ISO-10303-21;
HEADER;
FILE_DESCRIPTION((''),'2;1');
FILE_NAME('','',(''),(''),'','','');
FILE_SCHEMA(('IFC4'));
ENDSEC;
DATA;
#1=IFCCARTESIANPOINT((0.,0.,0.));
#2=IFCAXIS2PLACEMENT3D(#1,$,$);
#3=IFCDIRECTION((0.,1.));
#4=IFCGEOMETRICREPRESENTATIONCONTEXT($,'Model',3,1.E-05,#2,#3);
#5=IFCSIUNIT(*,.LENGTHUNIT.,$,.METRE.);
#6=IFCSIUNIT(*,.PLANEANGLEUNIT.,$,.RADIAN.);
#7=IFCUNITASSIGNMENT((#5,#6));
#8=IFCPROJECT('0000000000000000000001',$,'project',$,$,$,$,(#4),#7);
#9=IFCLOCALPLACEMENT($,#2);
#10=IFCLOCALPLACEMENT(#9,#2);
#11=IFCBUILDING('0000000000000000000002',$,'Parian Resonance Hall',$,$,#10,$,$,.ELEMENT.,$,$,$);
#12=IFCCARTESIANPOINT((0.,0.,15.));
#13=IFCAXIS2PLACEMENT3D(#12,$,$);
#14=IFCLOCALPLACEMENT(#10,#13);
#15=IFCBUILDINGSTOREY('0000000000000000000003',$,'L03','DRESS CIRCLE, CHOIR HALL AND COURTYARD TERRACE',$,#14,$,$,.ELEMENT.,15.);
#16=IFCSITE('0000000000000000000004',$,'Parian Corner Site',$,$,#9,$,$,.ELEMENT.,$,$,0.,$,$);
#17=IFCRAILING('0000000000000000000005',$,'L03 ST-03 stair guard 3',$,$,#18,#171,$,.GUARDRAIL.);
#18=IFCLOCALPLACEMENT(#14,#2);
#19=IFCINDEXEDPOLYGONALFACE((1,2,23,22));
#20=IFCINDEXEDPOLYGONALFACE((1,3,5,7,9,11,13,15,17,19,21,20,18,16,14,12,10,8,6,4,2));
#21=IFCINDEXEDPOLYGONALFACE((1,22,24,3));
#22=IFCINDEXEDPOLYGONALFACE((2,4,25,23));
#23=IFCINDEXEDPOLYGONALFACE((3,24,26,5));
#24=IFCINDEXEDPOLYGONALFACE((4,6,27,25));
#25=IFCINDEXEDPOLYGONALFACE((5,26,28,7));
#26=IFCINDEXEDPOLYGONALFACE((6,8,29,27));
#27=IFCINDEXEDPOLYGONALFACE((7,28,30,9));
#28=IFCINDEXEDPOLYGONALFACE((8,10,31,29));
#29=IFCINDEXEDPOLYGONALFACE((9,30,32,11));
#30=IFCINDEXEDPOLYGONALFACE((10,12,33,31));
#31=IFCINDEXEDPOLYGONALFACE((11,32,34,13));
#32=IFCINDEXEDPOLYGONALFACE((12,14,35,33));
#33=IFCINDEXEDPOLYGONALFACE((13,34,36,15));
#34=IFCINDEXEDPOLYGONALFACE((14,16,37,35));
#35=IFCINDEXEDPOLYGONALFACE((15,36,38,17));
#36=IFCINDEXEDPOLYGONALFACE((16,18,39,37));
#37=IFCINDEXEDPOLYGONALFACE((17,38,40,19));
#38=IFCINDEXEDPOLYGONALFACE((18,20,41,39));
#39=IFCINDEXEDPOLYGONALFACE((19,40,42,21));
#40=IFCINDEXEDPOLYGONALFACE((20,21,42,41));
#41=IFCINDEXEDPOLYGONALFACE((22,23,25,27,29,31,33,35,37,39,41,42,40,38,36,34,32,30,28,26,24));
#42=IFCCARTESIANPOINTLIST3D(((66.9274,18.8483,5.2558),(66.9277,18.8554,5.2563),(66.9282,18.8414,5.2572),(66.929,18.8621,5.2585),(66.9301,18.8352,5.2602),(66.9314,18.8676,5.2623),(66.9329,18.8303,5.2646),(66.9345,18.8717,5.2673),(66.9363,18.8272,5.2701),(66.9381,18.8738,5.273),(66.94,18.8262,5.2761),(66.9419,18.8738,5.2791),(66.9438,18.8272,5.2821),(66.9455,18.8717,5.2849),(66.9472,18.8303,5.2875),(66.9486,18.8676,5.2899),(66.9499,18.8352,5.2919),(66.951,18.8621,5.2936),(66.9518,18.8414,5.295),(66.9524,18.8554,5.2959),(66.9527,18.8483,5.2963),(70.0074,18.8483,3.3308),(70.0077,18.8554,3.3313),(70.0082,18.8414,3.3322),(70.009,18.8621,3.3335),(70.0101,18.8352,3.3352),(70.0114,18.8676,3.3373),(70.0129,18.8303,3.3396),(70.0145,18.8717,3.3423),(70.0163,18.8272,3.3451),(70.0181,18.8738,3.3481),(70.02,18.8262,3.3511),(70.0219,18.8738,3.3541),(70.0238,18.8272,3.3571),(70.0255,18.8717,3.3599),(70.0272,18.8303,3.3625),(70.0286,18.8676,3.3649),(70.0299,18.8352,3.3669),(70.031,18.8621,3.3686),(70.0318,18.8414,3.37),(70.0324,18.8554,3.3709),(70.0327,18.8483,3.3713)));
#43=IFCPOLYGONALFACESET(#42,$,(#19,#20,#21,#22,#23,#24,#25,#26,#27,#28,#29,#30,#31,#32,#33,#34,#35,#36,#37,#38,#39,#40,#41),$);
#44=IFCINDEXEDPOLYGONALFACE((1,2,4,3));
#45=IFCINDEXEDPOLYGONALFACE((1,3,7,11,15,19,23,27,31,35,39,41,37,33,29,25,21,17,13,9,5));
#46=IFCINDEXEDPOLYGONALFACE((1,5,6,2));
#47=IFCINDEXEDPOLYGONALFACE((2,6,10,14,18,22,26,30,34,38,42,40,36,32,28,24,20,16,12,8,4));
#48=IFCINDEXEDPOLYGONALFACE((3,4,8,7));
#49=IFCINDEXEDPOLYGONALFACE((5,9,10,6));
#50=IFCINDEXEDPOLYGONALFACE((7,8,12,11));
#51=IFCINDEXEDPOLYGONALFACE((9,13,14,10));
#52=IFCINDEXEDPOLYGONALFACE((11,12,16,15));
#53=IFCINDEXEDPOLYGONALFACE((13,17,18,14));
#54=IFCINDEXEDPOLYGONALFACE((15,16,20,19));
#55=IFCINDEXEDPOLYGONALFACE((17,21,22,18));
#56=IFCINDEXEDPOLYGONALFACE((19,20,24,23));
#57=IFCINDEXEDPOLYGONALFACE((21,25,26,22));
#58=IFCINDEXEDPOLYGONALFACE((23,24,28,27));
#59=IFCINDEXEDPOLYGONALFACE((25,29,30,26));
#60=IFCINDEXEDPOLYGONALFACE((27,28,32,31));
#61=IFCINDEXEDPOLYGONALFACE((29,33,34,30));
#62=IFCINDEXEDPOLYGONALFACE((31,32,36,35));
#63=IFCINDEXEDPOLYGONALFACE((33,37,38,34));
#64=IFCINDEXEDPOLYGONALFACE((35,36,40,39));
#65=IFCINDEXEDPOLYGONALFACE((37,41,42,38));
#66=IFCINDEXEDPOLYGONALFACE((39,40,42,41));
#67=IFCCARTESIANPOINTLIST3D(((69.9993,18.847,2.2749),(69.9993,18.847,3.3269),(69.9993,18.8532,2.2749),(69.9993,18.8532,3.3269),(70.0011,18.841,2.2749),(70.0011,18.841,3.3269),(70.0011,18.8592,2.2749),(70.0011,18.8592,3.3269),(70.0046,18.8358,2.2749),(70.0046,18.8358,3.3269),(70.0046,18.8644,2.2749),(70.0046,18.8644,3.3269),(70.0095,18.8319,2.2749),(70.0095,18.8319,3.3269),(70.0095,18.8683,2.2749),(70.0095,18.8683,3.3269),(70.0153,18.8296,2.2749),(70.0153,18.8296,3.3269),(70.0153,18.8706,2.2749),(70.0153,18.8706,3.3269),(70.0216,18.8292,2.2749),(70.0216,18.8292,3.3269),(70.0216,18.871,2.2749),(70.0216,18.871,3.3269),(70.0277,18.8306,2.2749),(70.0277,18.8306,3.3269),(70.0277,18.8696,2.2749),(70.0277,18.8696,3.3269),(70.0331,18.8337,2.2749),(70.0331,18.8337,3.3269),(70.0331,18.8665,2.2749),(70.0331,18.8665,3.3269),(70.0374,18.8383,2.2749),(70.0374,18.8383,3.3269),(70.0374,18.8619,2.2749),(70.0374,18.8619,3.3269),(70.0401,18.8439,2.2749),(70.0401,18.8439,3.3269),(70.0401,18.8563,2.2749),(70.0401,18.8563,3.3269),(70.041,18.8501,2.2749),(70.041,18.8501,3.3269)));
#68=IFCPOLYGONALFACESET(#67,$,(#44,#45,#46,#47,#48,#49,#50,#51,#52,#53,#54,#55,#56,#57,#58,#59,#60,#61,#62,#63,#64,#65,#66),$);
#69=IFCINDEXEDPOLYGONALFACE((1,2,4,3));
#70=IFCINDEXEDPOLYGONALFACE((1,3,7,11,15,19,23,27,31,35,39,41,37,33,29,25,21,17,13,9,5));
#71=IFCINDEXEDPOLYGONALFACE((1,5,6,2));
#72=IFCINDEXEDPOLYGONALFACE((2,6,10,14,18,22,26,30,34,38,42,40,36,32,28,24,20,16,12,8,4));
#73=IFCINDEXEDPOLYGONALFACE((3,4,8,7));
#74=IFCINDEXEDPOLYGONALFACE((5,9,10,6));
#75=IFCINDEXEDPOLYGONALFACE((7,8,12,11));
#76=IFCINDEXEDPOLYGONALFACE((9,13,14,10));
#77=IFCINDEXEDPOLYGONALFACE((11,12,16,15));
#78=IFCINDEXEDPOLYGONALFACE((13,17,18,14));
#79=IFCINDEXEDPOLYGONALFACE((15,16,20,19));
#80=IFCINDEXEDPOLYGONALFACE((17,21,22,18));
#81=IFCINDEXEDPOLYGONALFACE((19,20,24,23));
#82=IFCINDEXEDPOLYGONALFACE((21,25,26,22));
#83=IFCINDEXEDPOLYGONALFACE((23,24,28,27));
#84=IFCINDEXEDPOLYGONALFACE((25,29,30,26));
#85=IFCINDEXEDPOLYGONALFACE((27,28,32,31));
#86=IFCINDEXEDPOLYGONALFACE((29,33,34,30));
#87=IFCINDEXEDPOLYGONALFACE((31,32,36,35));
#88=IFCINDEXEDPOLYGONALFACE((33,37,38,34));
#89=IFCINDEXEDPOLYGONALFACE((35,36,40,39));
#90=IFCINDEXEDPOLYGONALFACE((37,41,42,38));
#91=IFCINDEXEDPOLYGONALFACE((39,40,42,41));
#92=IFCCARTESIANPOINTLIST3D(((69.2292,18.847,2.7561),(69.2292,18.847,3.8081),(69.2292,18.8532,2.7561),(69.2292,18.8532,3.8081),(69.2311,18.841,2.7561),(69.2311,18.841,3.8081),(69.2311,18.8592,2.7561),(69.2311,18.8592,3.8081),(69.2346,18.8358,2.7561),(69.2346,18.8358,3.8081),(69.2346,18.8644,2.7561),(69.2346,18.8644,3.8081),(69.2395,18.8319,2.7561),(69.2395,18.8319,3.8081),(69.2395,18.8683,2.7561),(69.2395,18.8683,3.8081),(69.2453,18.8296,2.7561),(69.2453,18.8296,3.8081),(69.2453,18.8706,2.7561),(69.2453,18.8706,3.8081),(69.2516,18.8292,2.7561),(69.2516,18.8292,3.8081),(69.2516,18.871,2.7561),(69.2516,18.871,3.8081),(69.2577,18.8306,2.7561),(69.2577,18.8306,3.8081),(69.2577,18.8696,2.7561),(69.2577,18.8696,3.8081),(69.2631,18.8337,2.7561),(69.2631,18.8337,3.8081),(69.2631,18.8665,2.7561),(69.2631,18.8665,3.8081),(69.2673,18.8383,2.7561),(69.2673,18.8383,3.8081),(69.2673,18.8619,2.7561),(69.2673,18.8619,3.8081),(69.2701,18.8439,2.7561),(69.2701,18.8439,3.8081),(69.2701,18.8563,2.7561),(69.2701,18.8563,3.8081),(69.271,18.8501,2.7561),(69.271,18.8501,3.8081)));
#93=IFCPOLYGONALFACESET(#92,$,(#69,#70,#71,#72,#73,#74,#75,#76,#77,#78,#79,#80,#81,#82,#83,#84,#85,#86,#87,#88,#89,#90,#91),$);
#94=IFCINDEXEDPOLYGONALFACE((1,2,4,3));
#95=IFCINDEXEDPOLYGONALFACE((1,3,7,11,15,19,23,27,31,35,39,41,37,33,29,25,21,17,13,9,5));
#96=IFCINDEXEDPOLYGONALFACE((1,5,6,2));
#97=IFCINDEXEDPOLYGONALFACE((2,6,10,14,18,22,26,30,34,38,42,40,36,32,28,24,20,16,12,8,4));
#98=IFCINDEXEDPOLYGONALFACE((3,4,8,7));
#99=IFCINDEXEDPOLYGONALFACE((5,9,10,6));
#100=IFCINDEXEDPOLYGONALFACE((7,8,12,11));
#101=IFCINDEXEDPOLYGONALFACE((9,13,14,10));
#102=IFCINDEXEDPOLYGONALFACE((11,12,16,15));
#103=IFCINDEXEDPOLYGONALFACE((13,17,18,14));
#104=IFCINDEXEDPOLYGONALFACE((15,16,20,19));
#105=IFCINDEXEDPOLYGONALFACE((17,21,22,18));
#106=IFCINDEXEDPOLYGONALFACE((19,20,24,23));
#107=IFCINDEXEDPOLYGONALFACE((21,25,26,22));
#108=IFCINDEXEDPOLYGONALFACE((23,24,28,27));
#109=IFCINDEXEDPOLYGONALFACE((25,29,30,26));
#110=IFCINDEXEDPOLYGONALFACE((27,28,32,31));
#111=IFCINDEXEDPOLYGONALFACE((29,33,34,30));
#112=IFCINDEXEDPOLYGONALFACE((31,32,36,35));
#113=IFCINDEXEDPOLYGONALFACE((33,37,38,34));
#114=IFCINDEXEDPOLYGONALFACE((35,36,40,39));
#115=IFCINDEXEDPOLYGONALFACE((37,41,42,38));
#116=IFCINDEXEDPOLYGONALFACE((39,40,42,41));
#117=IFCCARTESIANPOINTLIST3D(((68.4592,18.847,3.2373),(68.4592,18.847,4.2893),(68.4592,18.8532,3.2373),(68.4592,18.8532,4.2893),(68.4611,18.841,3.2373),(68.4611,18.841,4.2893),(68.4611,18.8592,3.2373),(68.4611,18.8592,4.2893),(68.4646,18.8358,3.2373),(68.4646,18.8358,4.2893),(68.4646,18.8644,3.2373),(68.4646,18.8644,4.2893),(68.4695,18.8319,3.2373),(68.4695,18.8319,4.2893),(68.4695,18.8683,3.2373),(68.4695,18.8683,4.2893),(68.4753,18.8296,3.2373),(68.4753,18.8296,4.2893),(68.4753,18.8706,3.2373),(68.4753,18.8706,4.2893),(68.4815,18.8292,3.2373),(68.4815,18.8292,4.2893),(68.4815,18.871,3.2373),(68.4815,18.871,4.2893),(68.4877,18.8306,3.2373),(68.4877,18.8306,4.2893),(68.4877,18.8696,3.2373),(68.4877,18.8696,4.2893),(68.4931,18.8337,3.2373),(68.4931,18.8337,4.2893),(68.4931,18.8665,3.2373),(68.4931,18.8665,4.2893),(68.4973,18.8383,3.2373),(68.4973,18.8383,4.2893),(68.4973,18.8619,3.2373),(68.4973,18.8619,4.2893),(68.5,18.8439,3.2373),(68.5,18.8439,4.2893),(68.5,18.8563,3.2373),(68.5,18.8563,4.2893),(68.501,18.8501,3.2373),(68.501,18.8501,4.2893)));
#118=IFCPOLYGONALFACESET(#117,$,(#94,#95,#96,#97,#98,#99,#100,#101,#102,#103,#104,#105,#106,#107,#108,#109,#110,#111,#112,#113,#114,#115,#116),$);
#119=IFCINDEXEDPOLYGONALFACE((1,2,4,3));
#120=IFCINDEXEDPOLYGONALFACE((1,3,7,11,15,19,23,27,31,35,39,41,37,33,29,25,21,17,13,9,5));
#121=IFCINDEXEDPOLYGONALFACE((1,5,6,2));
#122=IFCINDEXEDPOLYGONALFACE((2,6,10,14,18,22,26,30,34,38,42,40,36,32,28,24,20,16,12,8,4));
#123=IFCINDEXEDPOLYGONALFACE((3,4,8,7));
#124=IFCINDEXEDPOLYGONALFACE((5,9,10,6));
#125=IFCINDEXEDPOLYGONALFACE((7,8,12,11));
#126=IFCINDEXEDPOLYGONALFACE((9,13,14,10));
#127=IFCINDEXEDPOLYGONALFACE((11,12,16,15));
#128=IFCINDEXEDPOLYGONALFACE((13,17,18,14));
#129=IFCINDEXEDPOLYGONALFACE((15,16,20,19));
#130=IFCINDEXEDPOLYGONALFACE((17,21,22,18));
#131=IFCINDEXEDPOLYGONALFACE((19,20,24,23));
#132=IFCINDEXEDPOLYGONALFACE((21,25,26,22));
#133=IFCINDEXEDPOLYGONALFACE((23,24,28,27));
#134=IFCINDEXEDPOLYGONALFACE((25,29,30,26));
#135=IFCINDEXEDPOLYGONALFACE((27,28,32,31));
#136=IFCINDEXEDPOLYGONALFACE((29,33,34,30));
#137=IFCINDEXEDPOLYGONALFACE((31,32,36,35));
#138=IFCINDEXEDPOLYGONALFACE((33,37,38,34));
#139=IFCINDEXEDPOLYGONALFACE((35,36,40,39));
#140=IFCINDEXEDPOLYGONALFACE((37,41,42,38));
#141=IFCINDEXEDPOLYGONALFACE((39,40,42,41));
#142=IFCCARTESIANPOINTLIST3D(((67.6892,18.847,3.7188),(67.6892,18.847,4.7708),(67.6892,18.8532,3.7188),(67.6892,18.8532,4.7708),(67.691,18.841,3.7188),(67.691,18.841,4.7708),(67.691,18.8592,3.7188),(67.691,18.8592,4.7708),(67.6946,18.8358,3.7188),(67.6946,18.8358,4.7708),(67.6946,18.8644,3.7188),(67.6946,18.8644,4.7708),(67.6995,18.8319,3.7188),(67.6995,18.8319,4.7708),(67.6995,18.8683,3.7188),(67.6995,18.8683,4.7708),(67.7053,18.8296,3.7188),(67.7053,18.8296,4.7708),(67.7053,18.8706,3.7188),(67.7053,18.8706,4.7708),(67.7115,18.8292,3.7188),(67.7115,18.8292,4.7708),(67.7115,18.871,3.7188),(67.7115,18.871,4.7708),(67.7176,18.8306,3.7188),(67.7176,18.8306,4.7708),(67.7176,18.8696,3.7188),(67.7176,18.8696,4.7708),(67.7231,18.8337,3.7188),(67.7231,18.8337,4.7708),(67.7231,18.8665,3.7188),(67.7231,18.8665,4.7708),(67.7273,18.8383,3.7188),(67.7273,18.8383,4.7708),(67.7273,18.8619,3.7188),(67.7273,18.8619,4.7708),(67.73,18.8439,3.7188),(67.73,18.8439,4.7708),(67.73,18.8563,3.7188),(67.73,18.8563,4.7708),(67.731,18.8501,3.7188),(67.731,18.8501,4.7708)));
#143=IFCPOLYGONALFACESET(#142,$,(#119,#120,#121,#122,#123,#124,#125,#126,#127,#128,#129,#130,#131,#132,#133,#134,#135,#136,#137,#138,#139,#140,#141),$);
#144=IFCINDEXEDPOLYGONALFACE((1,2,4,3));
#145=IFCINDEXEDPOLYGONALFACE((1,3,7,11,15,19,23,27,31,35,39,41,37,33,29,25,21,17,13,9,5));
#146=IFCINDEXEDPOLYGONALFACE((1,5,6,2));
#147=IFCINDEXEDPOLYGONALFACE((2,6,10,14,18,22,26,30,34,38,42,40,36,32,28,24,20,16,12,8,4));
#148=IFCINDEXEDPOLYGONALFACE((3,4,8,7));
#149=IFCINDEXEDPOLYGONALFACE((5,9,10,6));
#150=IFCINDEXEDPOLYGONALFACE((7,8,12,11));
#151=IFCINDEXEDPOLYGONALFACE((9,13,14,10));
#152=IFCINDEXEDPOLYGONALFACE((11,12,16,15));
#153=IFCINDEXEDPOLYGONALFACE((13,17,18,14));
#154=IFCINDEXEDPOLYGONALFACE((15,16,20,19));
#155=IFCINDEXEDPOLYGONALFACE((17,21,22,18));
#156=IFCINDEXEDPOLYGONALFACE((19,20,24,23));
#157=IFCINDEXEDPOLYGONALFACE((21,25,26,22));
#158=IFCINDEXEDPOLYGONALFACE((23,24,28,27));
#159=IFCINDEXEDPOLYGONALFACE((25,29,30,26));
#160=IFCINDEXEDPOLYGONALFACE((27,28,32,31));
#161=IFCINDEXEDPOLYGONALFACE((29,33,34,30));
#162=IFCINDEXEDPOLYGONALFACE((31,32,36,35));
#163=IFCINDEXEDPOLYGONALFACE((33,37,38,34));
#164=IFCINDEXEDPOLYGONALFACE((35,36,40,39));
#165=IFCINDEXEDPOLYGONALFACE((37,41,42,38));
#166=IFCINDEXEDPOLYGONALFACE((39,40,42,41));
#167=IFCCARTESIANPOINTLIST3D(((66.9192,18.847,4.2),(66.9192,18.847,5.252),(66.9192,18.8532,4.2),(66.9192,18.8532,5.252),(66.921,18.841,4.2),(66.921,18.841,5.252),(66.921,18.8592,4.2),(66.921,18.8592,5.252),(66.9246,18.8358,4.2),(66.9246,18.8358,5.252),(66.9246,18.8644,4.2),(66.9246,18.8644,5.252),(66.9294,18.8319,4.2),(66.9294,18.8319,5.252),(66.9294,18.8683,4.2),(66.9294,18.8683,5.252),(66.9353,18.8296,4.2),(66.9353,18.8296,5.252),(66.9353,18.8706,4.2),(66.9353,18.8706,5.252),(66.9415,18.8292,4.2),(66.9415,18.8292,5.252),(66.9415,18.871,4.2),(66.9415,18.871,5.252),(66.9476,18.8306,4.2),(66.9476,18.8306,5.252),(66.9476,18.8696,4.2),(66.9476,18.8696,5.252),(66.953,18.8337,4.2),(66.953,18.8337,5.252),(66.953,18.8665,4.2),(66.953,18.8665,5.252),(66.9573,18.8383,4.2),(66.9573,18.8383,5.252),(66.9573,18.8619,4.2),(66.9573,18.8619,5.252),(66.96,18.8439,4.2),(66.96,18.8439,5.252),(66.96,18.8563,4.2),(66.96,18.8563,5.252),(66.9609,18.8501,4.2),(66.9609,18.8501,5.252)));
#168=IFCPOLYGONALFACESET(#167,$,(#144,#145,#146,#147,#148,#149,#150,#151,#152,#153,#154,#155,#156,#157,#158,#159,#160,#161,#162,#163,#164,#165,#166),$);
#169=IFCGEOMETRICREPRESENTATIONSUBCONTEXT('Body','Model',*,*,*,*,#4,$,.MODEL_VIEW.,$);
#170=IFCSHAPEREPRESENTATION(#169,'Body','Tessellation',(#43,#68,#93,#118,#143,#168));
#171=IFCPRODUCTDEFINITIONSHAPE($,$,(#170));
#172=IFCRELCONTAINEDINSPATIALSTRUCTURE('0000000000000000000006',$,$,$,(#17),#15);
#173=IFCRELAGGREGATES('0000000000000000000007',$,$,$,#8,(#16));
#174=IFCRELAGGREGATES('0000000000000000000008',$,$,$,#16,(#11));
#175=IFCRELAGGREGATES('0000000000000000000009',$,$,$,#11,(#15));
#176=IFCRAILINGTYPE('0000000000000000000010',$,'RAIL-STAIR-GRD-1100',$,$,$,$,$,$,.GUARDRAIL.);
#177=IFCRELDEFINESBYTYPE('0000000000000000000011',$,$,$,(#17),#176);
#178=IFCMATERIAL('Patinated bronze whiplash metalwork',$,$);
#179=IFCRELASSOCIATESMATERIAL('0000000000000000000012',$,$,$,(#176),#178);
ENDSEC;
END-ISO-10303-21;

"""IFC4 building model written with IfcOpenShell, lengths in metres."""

from ifc_helpers import new_model, si_unit, direction, frame, origin, origin_2d, place, context, subcontext, project, spatial, circle, extrude, material, type_object, element, save


model = new_model("IFC4")

# Units and contexts
model_context = context("Model", 3, precision=1e-05, world=origin(), true_north=direction((0.0, 1.0)))
body_context = subcontext(model_context, "Body", "Model", "MODEL_VIEW")
ifc_project = project(units=[si_unit("LENGTHUNIT", "METRE"), si_unit("PLANEANGLEUNIT", "RADIAN")], contexts=[model_context])

# Site, building, storey
site_placement = place(None, origin())
site = spatial("IfcSite", under=ifc_project, at=site_placement, Name="Parian Corner Site", CompositionType="ELEMENT", RefElevation=0.0)
building_placement = place(site_placement, origin())
building = spatial("IfcBuilding", under=site, at=building_placement, Name="Parian Resonance Hall", CompositionType="ELEMENT")
storey_placement = place(building_placement, frame((0.0, 0.0, 15.0)))
storey = spatial("IfcBuildingStorey", under=building, at=storey_placement, Name="L03", Description="DRESS CIRCLE, CHOIR HALL AND COURTYARD TERRACE", CompositionType="ELEMENT", Elevation=15.0)

# Railing
ifc_material_1 = material(Name="Patinated bronze whiplash metalwork")
railing_type_1 = type_object("IfcRailingType", Name="RAIL-STAIR-GRD-1100", PredefinedType="GUARDRAIL", material=ifc_material_1)
railing_1_placement = place(storey_placement, frame((70.02, 18.8501, 2.2749)))
element("IfcRailing", 1, at=railing_1_placement, inside=storey, type_object=railing_type_1, Name="L03 ST-03 stair guard 3", PredefinedType="GUARDRAIL", context=body_context, shape_type="SweptSolid", body=[
    extrude(circle(Radius=0.0239, at=origin_2d()), frame((0.0, 0.0, 1.0762), z_axis=(-0.847998, 0.0, 0.529999), x_axis=(0.0, -1.0, 0.0)), (0.0, 0.0, 1.0), 3.6321),
    extrude(circle(Radius=0.021, at=origin_2d()), origin(), (0.0, 0.0, 1.0), 1.052),
    extrude(circle(Radius=0.021, at=origin_2d()), frame((-0.77, 0.0, 0.4812)), (0.0, 0.0, 1.0), 1.052),
    extrude(circle(Radius=0.021, at=origin_2d()), frame((-1.54, 0.0, 0.9624)), (0.0, 0.0, 1.0), 1.052),
    extrude(circle(Radius=0.021, at=origin_2d()), frame((-2.3101, 0.0, 1.4438)), (0.0, 0.0, 1.0), 1.052),
    extrude(circle(Radius=0.021, at=origin_2d()), frame((-3.0801, 0.0, 1.925)), (0.0, 0.0, 1.0), 1.052),
])

save(model, "model.ifc")
